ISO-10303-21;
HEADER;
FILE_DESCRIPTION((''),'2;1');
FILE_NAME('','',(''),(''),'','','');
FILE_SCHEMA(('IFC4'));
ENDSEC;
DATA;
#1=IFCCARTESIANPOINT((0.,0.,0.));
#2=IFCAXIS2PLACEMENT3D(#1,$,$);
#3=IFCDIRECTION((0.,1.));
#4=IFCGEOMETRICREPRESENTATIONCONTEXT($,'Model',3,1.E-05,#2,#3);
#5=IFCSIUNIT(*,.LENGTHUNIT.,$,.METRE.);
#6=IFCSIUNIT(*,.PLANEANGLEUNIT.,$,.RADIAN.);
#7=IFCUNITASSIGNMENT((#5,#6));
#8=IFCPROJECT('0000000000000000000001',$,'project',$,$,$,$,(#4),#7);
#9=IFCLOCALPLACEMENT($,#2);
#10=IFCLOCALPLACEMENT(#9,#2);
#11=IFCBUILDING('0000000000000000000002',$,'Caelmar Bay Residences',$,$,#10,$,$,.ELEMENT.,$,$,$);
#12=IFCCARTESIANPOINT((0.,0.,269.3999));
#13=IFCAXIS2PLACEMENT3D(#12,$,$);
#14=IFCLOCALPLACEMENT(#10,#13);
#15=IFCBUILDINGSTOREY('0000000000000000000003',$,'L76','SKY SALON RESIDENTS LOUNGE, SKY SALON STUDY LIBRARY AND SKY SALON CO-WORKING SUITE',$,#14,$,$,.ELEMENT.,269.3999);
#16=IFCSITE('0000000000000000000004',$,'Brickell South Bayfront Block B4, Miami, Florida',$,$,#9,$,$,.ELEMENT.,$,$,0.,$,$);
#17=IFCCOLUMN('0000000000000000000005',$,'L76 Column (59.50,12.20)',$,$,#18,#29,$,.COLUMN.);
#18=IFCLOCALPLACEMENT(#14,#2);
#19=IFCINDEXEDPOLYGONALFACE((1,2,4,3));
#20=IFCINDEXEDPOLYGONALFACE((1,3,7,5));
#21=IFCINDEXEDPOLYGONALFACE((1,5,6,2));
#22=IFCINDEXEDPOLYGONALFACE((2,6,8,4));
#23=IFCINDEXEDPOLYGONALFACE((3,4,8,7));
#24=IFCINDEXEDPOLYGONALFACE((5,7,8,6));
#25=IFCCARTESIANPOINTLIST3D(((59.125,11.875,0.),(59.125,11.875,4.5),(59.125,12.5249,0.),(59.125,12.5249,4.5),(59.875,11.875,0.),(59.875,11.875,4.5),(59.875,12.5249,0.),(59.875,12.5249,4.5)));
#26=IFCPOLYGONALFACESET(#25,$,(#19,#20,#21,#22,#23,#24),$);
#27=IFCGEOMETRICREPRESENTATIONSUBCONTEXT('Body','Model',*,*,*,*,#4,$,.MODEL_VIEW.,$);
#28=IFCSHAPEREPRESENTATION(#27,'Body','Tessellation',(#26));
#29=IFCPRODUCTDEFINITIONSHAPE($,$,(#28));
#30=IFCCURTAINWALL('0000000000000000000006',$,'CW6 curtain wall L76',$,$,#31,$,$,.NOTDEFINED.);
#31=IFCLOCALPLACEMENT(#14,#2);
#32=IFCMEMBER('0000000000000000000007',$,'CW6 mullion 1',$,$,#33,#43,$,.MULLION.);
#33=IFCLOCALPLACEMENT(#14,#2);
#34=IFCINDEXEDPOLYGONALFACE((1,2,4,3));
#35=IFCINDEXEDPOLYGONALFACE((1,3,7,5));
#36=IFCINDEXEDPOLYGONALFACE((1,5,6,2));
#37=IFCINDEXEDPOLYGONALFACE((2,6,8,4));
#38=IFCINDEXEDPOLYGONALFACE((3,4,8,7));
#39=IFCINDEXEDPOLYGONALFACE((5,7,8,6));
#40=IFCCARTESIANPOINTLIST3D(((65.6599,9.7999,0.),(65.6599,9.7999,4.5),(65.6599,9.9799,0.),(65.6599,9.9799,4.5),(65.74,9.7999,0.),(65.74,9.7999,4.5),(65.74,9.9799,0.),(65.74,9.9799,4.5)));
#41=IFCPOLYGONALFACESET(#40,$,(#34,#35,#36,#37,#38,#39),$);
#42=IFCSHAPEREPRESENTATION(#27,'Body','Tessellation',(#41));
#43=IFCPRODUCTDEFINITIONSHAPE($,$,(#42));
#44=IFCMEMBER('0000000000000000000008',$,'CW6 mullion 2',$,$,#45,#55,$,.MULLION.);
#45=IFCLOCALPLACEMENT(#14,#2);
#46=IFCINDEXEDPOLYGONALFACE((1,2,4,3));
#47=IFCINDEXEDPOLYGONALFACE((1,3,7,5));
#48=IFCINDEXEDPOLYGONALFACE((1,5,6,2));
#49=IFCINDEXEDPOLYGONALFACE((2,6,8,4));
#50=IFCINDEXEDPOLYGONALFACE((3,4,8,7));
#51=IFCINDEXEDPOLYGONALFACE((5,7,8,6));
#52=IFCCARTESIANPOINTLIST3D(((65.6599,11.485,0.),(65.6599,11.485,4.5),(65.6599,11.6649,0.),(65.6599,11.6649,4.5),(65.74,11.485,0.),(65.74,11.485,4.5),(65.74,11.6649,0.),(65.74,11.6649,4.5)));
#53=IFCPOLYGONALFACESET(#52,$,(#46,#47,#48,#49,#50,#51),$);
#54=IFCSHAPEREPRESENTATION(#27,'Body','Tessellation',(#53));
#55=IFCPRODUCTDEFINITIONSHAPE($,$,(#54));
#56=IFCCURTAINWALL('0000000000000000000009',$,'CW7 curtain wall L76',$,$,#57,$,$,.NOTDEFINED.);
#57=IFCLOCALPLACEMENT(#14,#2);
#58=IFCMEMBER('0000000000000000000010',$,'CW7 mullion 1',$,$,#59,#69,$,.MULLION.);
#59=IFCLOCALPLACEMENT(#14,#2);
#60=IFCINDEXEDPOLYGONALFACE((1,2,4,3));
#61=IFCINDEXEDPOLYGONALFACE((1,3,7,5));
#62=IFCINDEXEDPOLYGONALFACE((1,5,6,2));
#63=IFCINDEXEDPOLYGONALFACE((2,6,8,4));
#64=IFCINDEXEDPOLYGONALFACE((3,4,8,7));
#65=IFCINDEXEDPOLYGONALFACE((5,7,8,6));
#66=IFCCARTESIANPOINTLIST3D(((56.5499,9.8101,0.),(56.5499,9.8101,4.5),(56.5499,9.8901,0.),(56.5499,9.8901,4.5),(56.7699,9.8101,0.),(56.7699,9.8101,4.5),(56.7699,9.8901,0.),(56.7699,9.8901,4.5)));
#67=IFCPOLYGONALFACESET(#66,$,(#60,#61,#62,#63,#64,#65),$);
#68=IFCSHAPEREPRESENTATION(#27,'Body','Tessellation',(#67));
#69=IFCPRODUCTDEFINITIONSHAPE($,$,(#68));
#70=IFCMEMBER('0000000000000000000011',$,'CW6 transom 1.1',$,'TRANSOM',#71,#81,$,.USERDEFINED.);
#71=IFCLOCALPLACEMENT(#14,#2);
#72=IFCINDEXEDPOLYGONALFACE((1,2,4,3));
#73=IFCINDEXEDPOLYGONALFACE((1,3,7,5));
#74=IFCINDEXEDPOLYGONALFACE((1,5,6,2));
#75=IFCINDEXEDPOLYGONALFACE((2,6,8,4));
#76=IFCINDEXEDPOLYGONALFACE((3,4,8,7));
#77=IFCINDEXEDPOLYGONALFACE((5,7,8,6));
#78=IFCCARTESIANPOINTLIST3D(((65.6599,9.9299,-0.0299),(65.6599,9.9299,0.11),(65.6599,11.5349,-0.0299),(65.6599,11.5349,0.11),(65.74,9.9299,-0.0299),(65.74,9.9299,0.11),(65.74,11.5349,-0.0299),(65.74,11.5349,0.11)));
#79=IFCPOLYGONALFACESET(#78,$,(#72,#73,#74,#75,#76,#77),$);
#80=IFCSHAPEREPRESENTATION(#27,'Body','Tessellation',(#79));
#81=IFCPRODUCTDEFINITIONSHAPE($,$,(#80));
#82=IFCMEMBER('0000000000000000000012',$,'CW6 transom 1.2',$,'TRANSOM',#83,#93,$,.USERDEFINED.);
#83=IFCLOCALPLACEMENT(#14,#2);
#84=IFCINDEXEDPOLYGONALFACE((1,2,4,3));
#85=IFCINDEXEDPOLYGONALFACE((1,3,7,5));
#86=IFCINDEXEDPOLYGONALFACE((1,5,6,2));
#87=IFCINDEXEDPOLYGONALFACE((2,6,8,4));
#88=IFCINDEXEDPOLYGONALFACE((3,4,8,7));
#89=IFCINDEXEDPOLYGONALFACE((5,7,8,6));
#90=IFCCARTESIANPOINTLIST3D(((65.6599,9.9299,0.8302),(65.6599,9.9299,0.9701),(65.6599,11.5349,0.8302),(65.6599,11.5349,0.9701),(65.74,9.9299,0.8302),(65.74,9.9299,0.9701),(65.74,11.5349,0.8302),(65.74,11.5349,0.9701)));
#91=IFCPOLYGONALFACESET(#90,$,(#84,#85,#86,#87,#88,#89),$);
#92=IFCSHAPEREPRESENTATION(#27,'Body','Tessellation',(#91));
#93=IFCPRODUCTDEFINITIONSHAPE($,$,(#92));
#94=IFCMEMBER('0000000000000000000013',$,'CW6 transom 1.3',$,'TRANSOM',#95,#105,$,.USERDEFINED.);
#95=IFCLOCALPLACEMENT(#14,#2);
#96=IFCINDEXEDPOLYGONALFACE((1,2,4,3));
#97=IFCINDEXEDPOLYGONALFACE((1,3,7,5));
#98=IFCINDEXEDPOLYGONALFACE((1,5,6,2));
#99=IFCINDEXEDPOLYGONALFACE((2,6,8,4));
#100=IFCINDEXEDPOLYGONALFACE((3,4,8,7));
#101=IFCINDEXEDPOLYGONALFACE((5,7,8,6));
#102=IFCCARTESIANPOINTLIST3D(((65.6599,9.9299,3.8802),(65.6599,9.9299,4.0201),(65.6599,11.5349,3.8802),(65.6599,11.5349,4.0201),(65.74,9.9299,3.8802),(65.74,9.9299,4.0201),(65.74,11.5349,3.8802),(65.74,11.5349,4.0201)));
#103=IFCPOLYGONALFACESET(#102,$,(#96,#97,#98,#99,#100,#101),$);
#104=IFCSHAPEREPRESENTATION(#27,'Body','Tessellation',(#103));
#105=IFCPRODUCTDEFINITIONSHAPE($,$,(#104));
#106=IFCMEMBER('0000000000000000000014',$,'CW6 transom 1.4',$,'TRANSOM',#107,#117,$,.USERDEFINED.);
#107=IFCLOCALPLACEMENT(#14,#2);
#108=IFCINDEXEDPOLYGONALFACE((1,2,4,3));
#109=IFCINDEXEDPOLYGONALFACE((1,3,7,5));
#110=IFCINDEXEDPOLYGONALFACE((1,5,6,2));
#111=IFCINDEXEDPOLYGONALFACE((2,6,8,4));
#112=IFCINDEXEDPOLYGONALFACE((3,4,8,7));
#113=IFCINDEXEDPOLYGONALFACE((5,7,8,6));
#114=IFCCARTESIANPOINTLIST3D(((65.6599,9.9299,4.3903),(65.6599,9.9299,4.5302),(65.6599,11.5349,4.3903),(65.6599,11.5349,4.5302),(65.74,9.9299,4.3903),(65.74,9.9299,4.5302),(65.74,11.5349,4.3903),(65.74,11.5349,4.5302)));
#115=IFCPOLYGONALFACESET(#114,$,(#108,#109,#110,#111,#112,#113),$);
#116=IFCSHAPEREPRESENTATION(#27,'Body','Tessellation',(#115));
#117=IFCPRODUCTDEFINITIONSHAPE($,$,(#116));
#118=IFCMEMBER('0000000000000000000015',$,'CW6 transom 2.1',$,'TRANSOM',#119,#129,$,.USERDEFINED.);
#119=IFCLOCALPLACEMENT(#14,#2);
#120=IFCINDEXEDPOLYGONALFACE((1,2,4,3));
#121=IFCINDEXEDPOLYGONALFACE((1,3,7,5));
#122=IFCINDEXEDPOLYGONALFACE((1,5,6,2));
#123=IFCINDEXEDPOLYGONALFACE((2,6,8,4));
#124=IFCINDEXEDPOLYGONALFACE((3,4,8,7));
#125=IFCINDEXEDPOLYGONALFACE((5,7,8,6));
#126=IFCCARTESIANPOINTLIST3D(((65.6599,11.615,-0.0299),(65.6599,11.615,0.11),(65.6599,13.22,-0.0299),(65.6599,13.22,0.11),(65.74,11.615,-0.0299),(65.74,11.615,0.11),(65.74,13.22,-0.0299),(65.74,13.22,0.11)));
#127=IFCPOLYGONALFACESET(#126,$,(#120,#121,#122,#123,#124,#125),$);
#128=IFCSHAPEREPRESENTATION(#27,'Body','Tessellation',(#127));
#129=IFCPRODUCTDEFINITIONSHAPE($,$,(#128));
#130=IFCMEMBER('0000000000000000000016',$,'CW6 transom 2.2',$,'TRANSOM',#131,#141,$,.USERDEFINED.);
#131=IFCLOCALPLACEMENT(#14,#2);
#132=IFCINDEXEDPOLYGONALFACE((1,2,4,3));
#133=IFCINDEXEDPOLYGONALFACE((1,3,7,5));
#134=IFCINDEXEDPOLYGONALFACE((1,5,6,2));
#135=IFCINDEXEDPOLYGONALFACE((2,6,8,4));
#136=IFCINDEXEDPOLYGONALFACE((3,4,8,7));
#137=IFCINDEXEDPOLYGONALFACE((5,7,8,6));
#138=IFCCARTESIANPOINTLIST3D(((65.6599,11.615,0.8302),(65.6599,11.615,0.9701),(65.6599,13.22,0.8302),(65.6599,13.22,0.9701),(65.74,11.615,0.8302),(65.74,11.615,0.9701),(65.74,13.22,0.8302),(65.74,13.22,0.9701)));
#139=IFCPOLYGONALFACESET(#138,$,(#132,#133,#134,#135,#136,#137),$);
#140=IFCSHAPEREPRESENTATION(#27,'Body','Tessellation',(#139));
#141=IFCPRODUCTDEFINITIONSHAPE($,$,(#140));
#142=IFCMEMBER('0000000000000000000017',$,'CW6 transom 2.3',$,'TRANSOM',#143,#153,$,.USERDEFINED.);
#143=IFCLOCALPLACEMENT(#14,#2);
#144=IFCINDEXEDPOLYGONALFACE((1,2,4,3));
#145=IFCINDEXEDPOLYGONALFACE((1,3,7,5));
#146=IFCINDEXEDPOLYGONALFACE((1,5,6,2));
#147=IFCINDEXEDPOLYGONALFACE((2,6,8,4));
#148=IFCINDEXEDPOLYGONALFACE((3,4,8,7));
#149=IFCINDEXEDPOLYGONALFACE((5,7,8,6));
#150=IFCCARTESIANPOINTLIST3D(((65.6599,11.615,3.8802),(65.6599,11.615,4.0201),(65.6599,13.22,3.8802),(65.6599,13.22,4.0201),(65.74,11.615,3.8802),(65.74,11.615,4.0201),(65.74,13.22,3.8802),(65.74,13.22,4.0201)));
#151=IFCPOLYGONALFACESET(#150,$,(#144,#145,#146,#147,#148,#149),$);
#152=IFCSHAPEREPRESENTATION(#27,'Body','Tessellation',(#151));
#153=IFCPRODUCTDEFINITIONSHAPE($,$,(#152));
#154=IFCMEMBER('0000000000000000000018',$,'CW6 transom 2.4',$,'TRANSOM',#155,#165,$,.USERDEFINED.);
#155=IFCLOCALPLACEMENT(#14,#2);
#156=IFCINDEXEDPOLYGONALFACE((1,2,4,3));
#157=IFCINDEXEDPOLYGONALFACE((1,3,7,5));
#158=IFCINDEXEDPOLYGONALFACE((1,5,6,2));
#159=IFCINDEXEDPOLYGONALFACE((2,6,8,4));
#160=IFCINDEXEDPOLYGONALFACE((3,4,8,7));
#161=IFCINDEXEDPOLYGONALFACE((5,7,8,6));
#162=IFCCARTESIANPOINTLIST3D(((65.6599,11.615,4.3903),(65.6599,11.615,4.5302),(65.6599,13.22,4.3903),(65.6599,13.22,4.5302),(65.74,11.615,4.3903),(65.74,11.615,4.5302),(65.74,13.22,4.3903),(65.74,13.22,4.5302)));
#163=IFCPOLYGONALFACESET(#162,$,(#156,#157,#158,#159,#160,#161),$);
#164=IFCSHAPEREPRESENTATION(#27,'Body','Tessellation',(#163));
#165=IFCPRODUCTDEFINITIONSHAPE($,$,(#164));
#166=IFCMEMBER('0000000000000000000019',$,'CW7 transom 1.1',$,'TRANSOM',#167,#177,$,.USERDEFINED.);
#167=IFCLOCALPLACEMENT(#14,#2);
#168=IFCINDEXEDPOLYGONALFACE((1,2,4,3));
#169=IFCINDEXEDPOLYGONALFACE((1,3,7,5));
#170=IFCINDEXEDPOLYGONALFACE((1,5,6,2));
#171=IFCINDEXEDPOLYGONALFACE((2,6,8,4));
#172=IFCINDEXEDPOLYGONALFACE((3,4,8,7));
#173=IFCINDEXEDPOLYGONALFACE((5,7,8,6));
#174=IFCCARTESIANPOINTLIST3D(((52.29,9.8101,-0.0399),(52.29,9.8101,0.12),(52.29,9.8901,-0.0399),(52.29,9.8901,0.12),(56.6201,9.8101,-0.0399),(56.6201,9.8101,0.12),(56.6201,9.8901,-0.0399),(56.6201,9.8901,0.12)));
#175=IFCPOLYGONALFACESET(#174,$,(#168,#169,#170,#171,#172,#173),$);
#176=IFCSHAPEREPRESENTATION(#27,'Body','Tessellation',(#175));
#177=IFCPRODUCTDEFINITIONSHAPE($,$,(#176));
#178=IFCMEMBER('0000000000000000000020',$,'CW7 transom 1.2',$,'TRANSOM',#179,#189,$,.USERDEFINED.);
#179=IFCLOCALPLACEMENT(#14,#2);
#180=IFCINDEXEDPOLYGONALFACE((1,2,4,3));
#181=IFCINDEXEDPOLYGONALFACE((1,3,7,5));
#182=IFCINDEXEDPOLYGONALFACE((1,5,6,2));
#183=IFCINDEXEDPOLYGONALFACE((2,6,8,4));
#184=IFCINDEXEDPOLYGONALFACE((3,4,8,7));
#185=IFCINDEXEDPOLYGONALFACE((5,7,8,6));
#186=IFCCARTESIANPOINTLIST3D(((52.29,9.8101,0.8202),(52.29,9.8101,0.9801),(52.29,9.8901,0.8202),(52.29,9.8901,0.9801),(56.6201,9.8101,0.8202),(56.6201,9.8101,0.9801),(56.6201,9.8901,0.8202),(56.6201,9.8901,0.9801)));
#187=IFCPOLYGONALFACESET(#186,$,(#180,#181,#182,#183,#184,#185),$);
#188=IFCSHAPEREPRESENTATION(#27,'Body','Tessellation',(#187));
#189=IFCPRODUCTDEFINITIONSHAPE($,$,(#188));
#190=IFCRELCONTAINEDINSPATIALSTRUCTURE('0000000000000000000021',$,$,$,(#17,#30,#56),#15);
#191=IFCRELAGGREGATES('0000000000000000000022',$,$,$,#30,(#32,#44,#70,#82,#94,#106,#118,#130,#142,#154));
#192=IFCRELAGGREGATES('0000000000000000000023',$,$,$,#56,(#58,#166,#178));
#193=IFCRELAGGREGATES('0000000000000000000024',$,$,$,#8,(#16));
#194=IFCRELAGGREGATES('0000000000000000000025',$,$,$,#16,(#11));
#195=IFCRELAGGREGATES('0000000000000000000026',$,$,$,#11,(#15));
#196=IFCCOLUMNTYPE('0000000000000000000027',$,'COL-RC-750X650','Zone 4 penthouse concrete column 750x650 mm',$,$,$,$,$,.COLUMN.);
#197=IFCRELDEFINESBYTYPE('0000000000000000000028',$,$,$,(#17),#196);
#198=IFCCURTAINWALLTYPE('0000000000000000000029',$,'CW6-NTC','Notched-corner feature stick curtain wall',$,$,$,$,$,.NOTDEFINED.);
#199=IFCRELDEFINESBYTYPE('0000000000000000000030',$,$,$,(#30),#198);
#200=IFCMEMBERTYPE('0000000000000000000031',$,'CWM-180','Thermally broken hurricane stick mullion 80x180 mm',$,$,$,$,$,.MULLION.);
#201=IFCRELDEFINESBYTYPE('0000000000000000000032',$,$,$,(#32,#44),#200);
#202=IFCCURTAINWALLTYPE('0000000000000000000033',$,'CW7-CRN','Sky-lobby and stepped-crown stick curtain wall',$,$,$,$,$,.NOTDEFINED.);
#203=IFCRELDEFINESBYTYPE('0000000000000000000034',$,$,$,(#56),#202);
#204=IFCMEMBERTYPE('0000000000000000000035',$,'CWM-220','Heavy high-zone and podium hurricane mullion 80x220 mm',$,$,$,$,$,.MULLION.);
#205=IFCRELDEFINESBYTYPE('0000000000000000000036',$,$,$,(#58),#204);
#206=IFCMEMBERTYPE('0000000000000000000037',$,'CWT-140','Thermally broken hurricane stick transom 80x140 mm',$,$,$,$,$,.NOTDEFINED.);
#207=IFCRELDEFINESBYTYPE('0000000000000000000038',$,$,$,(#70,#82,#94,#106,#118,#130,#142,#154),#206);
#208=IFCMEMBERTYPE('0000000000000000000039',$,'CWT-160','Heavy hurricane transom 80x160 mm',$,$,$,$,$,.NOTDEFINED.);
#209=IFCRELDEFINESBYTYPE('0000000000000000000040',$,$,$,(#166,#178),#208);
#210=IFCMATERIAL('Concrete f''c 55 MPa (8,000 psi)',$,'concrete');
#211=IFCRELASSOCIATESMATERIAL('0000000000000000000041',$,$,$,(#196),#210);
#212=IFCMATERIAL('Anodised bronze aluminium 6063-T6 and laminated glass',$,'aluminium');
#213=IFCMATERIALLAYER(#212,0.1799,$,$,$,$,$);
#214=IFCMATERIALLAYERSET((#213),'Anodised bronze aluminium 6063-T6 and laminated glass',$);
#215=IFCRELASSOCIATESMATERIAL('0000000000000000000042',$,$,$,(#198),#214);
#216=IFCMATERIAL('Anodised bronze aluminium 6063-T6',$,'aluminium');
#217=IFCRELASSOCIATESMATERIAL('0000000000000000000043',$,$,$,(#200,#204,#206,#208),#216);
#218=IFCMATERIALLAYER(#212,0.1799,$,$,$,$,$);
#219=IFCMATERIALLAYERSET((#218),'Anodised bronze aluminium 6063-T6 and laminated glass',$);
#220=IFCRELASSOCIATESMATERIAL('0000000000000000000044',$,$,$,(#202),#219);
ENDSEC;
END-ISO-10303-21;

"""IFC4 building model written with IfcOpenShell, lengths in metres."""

from ifc_helpers import new_model, si_unit, direction, frame, origin, origin_2d, place, context, subcontext, project, spatial, rectangle, extrude, material, layer, layer_set, material_profile, profile_set, type_object, element, aggregate, save


model = new_model("IFC4")

# Units and contexts
model_context = context("Model", 3, precision=1e-05, world=origin(), true_north=direction((0.0, 1.0)))
body_context = subcontext(model_context, "Body", "Model", "MODEL_VIEW")
ifc_project = project(units=[si_unit("LENGTHUNIT", "METRE"), si_unit("PLANEANGLEUNIT", "RADIAN")], contexts=[model_context])

# Site, building, storey
site_placement = place(None, origin())
site = spatial("IfcSite", under=ifc_project, at=site_placement, Name="Brickell South Bayfront Block B4, Miami, Florida", CompositionType="ELEMENT", RefElevation=0.0)
building_placement = place(site_placement, origin())
building = spatial("IfcBuilding", under=site, at=building_placement, Name="Caelmar Bay Residences", CompositionType="ELEMENT")
storey_placement = place(building_placement, frame((0.0, 0.0, 269.3999)))
storey = spatial("IfcBuildingStorey", under=building, at=storey_placement, Name="L76", Description="SKY SALON RESIDENTS LOUNGE, SKY SALON STUDY LIBRARY AND SKY SALON CO-WORKING SUITE", CompositionType="ELEMENT", Elevation=269.3999)

# Column
ifc_material_1 = material(Name="Concrete f'c 55 MPa (8,000 psi)", Category="concrete")
ifc_material_profile_1 = material_profile(ifc_material_1, rectangle(XDim=0.75, YDim=0.6499, at=origin_2d()), Name="RC-COL-750X650")
ifc_profile_set_1 = profile_set([ifc_material_profile_1], Name="Concrete f'c 55 MPa (8,000 psi)")
column_type = type_object("IfcColumnType", Name="COL-RC-750X650", Description="Zone 4 penthouse concrete column 750x650 mm", PredefinedType="COLUMN", material=ifc_profile_set_1)
column_placement = place(storey_placement, frame((59.5, 12.2, 0.0), z_axis=(0.0, 0.0, 1.0), x_axis=(1.0, 0.0, 0.0)))
element("IfcColumn", 1, at=column_placement, inside=storey, type_object=column_type, Name="L76 Column (59.50,12.20)", PredefinedType="COLUMN", context=body_context, shape_type="SweptSolid", body=[
    extrude(rectangle(XDim=0.75, YDim=0.6499, at=origin_2d()), origin(), (0.0, 0.0, 1.0), 4.5),
])

# Curtain wall, members
ifc_material_2 = material(Name="Anodised bronze aluminium 6063-T6 and laminated glass", Category="aluminium")
ifc_layer_1 = layer(ifc_material_2, 0.1799)
ifc_layer_set_1 = layer_set([ifc_layer_1], Name="Anodised bronze aluminium 6063-T6 and laminated glass")
curtain_wall_type_1 = type_object("IfcCurtainWallType", Name="CW6-NTC", Description="Notched-corner feature stick curtain wall", PredefinedType="NOTDEFINED", material=ifc_layer_set_1)
curtain_wall_1_placement = place(storey_placement, origin())
curtain_wall_1 = element("IfcCurtainWall", 2, at=curtain_wall_1_placement, inside=storey, type_object=curtain_wall_type_1, Name="CW6 curtain wall L76", PredefinedType="NOTDEFINED")
ifc_material_3 = material(Name="Anodised bronze aluminium 6063-T6", Category="aluminium")
ifc_material_profile_2 = material_profile(ifc_material_3, rectangle(XDim=0.0801, YDim=0.1799, at=origin_2d()), Name="CWM-80X180")
ifc_profile_set_2 = profile_set([ifc_material_profile_2], Name="Anodised bronze aluminium 6063-T6")
member_type_1 = type_object("IfcMemberType", Name="CWM-180", Description="Thermally broken hurricane stick mullion 80x180 mm", PredefinedType="MULLION", material=ifc_profile_set_2)
member_1_placement = place(storey_placement, frame((65.7, 9.8899, 0.0), z_axis=(0.0, 0.0, 1.0), x_axis=(-1.0, 0.0, 0.0)))
member_1 = element("IfcMember", 3, at=member_1_placement, type_object=member_type_1, Name="CW6 mullion 1", PredefinedType="MULLION", context=body_context, shape_type="SweptSolid", body=[
    extrude(rectangle(XDim=0.0801, YDim=0.1799, at=origin_2d()), origin(), (0.0, 0.0, 1.0), 4.5),
])
member_2_placement = place(storey_placement, frame((65.7, 11.575, 0.0), z_axis=(0.0, 0.0, 1.0), x_axis=(-1.0, 0.0, 0.0)))
member_2 = element("IfcMember", 4, at=member_2_placement, type_object=member_type_1, Name="CW6 mullion 2", PredefinedType="MULLION", context=body_context, shape_type="SweptSolid", body=[
    extrude(rectangle(XDim=0.0801, YDim=0.1799, at=origin_2d()), origin(), (0.0, 0.0, 1.0), 4.5),
])

# Curtain wall, member
ifc_layer_2 = layer(ifc_material_2, 0.1799)
ifc_layer_set_2 = layer_set([ifc_layer_2], Name="Anodised bronze aluminium 6063-T6 and laminated glass")
curtain_wall_type_2 = type_object("IfcCurtainWallType", Name="CW7-CRN", Description="Sky-lobby and stepped-crown stick curtain wall", PredefinedType="NOTDEFINED", material=ifc_layer_set_2)
curtain_wall_2_placement = place(storey_placement, origin())
curtain_wall_2 = element("IfcCurtainWall", 5, at=curtain_wall_2_placement, inside=storey, type_object=curtain_wall_type_2, Name="CW7 curtain wall L76", PredefinedType="NOTDEFINED")
ifc_material_profile_3 = material_profile(ifc_material_3, rectangle(XDim=0.0801, YDim=0.22, at=origin_2d()), Name="CWM-80X220")
ifc_profile_set_3 = profile_set([ifc_material_profile_3], Name="Anodised bronze aluminium 6063-T6")
member_type_2 = type_object("IfcMemberType", Name="CWM-220", Description="Heavy high-zone and podium hurricane mullion 80x220 mm", PredefinedType="MULLION", material=ifc_profile_set_3)
member_3_placement = place(storey_placement, frame((56.6599, 9.8501, 0.0), z_axis=(0.0, 0.0, 1.0), x_axis=(0.0, -1.0, 0.0)))
member_3 = element("IfcMember", 6, at=member_3_placement, type_object=member_type_2, Name="CW7 mullion 1", PredefinedType="MULLION", context=body_context, shape_type="SweptSolid", body=[
    extrude(rectangle(XDim=0.0801, YDim=0.22, at=origin_2d()), origin(), (0.0, 0.0, 1.0), 4.5),
])

# Members
ifc_material_profile_4 = material_profile(ifc_material_3, rectangle(XDim=0.0801, YDim=0.1399, at=origin_2d()), Name="CWT-80X140")
ifc_profile_set_4 = profile_set([ifc_material_profile_4], Name="Anodised bronze aluminium 6063-T6")
member_type_3 = type_object("IfcMemberType", Name="CWT-140", Description="Thermally broken hurricane stick transom 80x140 mm", PredefinedType="NOTDEFINED", material=ifc_profile_set_4)
member_4_placement = place(storey_placement, frame((65.7, 9.9299, 0.04), z_axis=(0.0, 1.0, 0.0), x_axis=(-1.0, 0.0, 0.0)))
member_4 = element("IfcMember", 7, at=member_4_placement, type_object=member_type_3, Name="CW6 transom 1.1", ObjectType="TRANSOM", PredefinedType="USERDEFINED", context=body_context, shape_type="SweptSolid", body=[
    extrude(rectangle(XDim=0.0801, YDim=0.1399, at=origin_2d()), origin(), (0.0, 0.0, 1.0), 1.605),
])
member_5_placement = place(storey_placement, frame((65.7, 9.9299, 0.9001), z_axis=(0.0, 1.0, 0.0), x_axis=(-1.0, 0.0, 0.0)))
member_5 = element("IfcMember", 8, at=member_5_placement, type_object=member_type_3, Name="CW6 transom 1.2", ObjectType="TRANSOM", PredefinedType="USERDEFINED", context=body_context, shape_type="SweptSolid", body=[
    extrude(rectangle(XDim=0.0801, YDim=0.1399, at=origin_2d()), origin(), (0.0, 0.0, 1.0), 1.605),
])
member_6_placement = place(storey_placement, frame((65.7, 9.9299, 3.9502), z_axis=(0.0, 1.0, 0.0), x_axis=(-1.0, 0.0, 0.0)))
member_6 = element("IfcMember", 9, at=member_6_placement, type_object=member_type_3, Name="CW6 transom 1.3", ObjectType="TRANSOM", PredefinedType="USERDEFINED", context=body_context, shape_type="SweptSolid", body=[
    extrude(rectangle(XDim=0.0801, YDim=0.1399, at=origin_2d()), origin(), (0.0, 0.0, 1.0), 1.605),
])
member_7_placement = place(storey_placement, frame((65.7, 9.9299, 4.4602), z_axis=(0.0, 1.0, 0.0), x_axis=(-1.0, 0.0, 0.0)))
member_7 = element("IfcMember", 10, at=member_7_placement, type_object=member_type_3, Name="CW6 transom 1.4", ObjectType="TRANSOM", PredefinedType="USERDEFINED", context=body_context, shape_type="SweptSolid", body=[
    extrude(rectangle(XDim=0.0801, YDim=0.1399, at=origin_2d()), origin(), (0.0, 0.0, 1.0), 1.605),
])
member_8_placement = place(storey_placement, frame((65.7, 11.615, 0.04), z_axis=(0.0, 1.0, 0.0), x_axis=(-1.0, 0.0, 0.0)))
member_8 = element("IfcMember", 11, at=member_8_placement, type_object=member_type_3, Name="CW6 transom 2.1", ObjectType="TRANSOM", PredefinedType="USERDEFINED", context=body_context, shape_type="SweptSolid", body=[
    extrude(rectangle(XDim=0.0801, YDim=0.1399, at=origin_2d()), origin(), (0.0, 0.0, 1.0), 1.605),
])
member_9_placement = place(storey_placement, frame((65.7, 11.615, 0.9001), z_axis=(0.0, 1.0, 0.0), x_axis=(-1.0, 0.0, 0.0)))
member_9 = element("IfcMember", 12, at=member_9_placement, type_object=member_type_3, Name="CW6 transom 2.2", ObjectType="TRANSOM", PredefinedType="USERDEFINED", context=body_context, shape_type="SweptSolid", body=[
    extrude(rectangle(XDim=0.0801, YDim=0.1399, at=origin_2d()), origin(), (0.0, 0.0, 1.0), 1.605),
])
member_10_placement = place(storey_placement, frame((65.7, 11.615, 3.9502), z_axis=(0.0, 1.0, 0.0), x_axis=(-1.0, 0.0, 0.0)))
member_10 = element("IfcMember", 13, at=member_10_placement, type_object=member_type_3, Name="CW6 transom 2.3", ObjectType="TRANSOM", PredefinedType="USERDEFINED", context=body_context, shape_type="SweptSolid", body=[
    extrude(rectangle(XDim=0.0801, YDim=0.1399, at=origin_2d()), origin(), (0.0, 0.0, 1.0), 1.605),
])
member_11_placement = place(storey_placement, frame((65.7, 11.615, 4.4602), z_axis=(0.0, 1.0, 0.0), x_axis=(-1.0, 0.0, 0.0)))
member_11 = element("IfcMember", 14, at=member_11_placement, type_object=member_type_3, Name="CW6 transom 2.4", ObjectType="TRANSOM", PredefinedType="USERDEFINED", context=body_context, shape_type="SweptSolid", body=[
    extrude(rectangle(XDim=0.0801, YDim=0.1399, at=origin_2d()), origin(), (0.0, 0.0, 1.0), 1.605),
])
ifc_material_profile_5 = material_profile(ifc_material_3, rectangle(XDim=0.0801, YDim=0.1599, at=origin_2d()), Name="CWT-80X160")
ifc_profile_set_5 = profile_set([ifc_material_profile_5], Name="Anodised bronze aluminium 6063-T6")
member_type_4 = type_object("IfcMemberType", Name="CWT-160", Description="Heavy hurricane transom 80x160 mm", PredefinedType="NOTDEFINED", material=ifc_profile_set_5)
member_12_placement = place(storey_placement, frame((56.6201, 9.8501, 0.04), z_axis=(-1.0, 0.0, 0.0), x_axis=(0.0, -1.0, 0.0)))
member_12 = element("IfcMember", 15, at=member_12_placement, type_object=member_type_4, Name="CW7 transom 1.1", ObjectType="TRANSOM", PredefinedType="USERDEFINED", context=body_context, shape_type="SweptSolid", body=[
    extrude(rectangle(XDim=0.0801, YDim=0.1599, at=origin_2d()), origin(), (0.0, 0.0, 1.0), 4.3301),
])
member_13_placement = place(storey_placement, frame((56.6201, 9.8501, 0.9001), z_axis=(-1.0, 0.0, 0.0), x_axis=(0.0, -1.0, 0.0)))
member_13 = element("IfcMember", 16, at=member_13_placement, type_object=member_type_4, Name="CW7 transom 1.2", ObjectType="TRANSOM", PredefinedType="USERDEFINED", context=body_context, shape_type="SweptSolid", body=[
    extrude(rectangle(XDim=0.0801, YDim=0.1599, at=origin_2d()), origin(), (0.0, 0.0, 1.0), 4.3301),
])

aggregate(curtain_wall_1, [member_1, member_2, member_4, member_5, member_6, member_7, member_8, member_9, member_10, member_11])
aggregate(curtain_wall_2, [member_3, member_12, member_13])

save(model, "model.ifc")
